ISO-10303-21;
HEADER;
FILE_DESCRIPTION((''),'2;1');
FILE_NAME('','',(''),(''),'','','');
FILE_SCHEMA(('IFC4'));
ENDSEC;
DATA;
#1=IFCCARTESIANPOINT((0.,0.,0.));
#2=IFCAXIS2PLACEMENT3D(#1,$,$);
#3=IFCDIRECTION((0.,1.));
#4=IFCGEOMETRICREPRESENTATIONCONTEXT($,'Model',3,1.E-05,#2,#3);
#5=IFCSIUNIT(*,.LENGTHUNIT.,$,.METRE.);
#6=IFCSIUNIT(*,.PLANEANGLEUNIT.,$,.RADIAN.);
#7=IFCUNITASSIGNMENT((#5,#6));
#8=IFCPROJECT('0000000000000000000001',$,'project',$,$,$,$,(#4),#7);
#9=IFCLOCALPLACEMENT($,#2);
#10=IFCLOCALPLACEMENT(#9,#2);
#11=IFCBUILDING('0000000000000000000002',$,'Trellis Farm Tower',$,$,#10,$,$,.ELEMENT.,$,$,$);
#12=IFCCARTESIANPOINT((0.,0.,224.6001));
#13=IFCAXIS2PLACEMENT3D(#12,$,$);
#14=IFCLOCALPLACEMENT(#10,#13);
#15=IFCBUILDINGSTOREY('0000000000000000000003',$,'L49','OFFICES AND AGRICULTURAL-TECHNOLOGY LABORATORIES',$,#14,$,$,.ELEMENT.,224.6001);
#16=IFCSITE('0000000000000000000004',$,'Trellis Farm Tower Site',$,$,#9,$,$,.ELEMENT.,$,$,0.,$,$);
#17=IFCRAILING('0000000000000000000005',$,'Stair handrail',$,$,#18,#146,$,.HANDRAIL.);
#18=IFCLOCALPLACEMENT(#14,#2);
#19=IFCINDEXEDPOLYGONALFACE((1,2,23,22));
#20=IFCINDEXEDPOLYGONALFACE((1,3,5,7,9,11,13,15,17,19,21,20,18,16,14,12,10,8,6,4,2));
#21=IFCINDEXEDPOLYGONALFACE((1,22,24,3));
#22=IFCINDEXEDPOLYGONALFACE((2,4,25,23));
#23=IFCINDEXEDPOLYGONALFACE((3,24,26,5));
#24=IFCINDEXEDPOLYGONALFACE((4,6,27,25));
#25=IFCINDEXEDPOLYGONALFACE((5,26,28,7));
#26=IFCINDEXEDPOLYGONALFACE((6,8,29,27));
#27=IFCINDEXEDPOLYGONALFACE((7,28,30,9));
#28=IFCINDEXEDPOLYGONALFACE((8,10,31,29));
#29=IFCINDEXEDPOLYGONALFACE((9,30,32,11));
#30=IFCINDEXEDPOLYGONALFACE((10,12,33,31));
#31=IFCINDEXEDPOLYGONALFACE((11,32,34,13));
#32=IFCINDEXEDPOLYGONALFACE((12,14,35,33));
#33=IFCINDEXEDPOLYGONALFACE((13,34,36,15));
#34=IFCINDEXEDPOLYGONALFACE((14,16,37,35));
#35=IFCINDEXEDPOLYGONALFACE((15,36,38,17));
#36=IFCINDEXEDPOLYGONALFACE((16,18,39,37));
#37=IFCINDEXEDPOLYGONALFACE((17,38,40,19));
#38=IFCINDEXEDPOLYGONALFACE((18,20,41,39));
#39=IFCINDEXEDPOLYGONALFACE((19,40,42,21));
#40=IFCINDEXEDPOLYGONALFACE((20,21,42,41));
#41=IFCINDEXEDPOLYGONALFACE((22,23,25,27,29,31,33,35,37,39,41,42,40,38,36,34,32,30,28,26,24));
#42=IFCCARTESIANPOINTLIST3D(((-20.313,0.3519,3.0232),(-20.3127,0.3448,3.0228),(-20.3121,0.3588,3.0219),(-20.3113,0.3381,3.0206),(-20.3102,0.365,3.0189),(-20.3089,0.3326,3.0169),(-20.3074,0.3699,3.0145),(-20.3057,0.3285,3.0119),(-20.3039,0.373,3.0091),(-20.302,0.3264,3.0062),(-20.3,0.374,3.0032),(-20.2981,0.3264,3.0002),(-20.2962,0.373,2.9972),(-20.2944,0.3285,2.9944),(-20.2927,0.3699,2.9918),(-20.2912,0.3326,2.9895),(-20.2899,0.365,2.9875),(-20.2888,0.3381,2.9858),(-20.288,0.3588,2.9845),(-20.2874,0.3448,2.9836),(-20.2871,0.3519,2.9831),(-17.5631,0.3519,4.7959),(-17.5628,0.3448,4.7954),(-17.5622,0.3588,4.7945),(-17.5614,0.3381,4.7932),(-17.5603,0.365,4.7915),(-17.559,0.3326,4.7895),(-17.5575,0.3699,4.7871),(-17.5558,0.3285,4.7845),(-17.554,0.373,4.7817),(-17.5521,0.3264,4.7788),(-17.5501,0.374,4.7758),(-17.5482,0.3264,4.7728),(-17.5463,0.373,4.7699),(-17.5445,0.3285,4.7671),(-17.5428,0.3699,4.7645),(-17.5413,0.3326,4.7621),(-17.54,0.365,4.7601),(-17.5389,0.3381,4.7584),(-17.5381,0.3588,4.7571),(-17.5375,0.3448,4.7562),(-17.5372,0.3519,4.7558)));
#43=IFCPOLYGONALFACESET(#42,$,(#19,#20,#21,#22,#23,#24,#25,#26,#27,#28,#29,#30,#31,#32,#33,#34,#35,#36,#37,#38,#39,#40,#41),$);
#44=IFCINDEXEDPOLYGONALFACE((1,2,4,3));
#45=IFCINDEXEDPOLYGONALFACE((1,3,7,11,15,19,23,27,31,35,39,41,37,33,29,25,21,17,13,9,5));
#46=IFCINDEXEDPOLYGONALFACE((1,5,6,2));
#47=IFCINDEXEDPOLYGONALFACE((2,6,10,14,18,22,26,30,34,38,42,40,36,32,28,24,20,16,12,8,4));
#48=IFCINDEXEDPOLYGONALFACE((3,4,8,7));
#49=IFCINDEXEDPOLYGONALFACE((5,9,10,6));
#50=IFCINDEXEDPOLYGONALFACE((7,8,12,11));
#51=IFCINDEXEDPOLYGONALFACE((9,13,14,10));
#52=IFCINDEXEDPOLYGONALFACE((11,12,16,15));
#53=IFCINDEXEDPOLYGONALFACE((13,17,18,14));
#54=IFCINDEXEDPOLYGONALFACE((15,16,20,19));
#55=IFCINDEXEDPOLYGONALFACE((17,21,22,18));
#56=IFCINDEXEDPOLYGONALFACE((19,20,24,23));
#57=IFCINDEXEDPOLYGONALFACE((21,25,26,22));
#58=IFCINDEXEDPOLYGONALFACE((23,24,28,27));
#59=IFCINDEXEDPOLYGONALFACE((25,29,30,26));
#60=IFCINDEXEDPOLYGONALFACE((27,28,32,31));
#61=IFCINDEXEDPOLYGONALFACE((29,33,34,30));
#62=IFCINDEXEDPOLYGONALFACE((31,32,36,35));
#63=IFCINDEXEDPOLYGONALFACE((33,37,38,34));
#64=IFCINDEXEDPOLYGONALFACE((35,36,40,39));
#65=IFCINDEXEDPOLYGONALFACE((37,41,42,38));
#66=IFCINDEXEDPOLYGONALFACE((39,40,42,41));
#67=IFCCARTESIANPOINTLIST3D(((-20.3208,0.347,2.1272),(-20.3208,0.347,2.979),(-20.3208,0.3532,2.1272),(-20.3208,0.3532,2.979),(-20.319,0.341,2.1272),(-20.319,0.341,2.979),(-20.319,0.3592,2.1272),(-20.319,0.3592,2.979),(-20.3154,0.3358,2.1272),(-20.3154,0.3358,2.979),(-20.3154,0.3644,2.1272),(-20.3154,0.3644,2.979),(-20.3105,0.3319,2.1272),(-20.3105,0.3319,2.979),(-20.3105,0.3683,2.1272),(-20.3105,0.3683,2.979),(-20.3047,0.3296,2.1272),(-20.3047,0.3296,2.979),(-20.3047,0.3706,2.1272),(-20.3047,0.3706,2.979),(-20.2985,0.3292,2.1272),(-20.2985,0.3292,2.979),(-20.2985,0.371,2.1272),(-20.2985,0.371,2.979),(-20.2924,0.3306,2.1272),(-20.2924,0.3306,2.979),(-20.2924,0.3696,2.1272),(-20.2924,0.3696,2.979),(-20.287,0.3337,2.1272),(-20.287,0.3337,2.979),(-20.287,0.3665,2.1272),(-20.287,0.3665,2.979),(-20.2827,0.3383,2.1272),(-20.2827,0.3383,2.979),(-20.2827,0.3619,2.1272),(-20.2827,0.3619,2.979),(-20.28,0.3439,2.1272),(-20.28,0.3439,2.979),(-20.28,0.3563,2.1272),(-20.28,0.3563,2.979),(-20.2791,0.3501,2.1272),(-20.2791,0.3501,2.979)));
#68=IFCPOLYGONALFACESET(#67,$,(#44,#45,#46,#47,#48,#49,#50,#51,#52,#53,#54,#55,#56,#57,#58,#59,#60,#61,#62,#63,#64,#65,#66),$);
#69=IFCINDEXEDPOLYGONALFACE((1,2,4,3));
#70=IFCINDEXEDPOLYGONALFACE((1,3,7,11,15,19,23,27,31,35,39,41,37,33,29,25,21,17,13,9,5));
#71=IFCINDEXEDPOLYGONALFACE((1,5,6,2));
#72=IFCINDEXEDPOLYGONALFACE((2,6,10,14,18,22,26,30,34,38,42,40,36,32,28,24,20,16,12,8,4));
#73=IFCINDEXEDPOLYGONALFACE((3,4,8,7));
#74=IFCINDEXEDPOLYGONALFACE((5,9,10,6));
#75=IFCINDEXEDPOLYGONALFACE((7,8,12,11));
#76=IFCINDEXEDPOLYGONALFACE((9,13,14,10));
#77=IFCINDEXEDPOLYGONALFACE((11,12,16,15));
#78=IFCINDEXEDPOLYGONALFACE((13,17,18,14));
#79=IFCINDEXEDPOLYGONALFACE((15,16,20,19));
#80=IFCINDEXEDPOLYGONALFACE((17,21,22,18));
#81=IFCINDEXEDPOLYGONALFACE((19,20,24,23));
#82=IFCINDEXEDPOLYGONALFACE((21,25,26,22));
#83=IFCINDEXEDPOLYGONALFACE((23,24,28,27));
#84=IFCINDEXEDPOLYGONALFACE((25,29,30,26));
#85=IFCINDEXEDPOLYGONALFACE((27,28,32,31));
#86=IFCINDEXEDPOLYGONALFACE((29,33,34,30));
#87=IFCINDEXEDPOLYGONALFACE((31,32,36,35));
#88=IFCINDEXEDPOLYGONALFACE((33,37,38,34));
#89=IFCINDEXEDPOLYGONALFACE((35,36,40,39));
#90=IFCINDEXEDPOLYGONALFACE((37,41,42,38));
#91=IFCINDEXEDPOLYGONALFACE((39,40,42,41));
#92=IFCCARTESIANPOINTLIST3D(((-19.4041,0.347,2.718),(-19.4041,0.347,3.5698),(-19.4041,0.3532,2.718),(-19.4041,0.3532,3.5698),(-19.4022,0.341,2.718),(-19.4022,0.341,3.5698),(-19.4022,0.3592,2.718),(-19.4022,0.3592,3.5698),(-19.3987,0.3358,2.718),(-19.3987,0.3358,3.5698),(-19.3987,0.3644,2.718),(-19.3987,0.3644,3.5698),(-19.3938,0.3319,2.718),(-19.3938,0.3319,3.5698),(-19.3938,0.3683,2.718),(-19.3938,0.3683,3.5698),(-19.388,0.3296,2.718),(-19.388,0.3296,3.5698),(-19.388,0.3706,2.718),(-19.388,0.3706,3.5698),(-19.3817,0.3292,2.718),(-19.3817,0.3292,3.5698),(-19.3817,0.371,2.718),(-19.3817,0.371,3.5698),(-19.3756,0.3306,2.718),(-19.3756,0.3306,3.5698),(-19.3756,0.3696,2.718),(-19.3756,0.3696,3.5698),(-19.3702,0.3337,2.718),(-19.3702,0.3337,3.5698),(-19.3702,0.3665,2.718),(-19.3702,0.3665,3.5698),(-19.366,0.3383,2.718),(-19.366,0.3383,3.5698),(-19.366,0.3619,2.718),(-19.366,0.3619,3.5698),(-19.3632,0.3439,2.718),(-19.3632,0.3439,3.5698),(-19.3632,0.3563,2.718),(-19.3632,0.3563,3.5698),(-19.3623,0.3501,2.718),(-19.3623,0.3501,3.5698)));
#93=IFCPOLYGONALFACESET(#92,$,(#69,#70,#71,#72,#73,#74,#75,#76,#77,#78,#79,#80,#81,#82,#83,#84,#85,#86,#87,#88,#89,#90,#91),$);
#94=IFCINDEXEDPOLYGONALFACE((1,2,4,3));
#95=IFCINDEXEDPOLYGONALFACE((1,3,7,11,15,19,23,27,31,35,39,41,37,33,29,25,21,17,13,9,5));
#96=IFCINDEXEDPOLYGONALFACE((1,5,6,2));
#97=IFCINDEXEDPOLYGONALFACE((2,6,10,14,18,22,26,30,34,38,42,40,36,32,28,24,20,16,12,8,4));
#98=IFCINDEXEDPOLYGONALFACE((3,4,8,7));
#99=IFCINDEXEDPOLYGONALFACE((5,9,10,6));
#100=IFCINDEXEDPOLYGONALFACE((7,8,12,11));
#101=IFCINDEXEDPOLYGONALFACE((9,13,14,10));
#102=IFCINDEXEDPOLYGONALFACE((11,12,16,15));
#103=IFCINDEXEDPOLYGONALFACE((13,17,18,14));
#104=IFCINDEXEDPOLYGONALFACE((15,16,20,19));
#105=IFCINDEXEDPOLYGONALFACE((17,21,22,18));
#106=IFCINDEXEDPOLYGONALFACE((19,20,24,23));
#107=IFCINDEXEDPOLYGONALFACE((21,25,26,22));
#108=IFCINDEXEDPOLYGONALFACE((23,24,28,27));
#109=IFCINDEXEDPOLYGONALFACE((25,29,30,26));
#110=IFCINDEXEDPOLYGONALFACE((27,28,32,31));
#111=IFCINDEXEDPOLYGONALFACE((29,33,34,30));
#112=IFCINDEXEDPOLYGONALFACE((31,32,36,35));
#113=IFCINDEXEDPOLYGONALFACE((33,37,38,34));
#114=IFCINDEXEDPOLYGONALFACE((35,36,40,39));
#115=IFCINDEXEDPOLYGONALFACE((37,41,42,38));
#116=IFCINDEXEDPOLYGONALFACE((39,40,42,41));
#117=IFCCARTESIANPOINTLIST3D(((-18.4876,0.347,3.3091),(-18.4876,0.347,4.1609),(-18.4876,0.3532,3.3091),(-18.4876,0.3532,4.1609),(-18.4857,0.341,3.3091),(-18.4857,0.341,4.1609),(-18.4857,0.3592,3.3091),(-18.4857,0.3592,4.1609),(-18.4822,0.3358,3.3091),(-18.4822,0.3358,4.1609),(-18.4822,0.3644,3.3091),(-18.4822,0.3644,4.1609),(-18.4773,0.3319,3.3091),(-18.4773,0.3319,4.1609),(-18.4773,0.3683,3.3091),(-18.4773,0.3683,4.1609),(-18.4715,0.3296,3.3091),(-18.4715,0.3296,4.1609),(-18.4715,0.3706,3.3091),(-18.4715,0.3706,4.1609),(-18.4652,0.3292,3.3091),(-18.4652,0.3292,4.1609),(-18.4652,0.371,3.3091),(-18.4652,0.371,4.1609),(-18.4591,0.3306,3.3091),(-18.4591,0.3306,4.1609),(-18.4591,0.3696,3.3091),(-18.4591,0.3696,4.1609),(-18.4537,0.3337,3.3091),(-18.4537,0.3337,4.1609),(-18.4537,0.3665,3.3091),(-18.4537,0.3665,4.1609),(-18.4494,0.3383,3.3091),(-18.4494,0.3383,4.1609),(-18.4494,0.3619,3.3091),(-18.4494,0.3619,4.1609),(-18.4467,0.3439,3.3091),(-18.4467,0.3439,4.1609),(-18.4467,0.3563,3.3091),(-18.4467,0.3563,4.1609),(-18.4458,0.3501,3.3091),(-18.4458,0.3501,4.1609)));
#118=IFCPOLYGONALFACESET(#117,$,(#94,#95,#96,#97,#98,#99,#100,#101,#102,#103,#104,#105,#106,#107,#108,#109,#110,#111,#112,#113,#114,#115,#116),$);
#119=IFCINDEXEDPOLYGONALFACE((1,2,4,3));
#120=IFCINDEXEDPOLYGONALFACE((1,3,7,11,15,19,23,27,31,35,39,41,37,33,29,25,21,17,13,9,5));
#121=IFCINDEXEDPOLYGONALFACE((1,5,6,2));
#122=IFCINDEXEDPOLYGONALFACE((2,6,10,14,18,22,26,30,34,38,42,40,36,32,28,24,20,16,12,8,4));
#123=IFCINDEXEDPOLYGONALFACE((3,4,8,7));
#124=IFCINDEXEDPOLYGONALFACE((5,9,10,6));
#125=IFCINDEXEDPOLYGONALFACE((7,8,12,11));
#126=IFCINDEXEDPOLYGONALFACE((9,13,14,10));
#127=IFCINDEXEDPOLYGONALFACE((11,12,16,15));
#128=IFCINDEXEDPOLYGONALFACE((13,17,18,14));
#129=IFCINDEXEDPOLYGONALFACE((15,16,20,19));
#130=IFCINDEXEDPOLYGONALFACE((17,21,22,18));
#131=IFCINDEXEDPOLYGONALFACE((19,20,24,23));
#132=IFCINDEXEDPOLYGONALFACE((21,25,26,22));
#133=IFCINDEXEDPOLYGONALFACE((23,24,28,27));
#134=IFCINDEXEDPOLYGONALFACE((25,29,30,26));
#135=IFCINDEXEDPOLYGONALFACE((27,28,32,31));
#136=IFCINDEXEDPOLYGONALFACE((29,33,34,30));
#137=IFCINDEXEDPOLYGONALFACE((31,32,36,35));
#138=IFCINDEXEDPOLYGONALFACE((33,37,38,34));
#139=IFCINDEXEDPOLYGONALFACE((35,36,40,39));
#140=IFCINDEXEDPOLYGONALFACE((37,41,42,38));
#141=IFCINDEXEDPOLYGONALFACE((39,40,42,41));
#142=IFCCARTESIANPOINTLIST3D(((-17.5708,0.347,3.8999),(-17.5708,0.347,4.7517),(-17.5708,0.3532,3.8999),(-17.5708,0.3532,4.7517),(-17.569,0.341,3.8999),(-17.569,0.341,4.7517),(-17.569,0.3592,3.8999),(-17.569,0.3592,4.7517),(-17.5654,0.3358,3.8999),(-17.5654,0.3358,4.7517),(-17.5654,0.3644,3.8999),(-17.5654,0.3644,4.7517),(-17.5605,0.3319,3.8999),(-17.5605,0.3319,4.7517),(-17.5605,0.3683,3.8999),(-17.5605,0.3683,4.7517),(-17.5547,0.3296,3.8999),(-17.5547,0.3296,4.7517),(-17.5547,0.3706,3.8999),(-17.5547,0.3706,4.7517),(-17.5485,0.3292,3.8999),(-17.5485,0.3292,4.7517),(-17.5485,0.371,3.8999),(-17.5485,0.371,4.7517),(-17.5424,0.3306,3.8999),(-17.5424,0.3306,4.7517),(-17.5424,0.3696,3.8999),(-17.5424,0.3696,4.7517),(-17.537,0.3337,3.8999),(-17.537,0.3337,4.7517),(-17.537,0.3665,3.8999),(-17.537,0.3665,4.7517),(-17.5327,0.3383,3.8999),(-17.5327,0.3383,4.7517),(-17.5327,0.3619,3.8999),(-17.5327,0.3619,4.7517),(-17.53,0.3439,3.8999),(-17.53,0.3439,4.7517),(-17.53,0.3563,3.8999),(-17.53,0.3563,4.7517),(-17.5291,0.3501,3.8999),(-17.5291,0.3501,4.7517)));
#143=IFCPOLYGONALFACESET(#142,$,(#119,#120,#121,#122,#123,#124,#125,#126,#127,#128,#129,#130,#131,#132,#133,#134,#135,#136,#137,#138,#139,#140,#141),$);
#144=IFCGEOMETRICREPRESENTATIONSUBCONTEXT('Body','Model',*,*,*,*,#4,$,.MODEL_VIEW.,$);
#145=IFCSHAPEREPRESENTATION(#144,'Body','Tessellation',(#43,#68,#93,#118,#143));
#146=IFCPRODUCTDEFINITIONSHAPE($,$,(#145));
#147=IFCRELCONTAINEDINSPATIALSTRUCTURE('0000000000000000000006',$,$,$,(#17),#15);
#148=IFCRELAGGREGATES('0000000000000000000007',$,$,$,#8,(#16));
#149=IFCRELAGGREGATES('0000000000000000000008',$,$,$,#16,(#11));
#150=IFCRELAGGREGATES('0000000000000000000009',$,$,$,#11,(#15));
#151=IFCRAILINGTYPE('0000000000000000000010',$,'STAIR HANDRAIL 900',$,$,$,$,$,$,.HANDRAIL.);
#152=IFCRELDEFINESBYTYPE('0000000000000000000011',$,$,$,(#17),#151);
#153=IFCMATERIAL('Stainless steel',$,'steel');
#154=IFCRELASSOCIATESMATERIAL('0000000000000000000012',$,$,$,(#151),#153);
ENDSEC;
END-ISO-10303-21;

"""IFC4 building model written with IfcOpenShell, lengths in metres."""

from ifc_helpers import new_model, si_unit, direction, frame, origin, origin_2d, place, context, subcontext, project, spatial, circle, extrude, source, transform, mapped, material, type_object, element, save


model = new_model("IFC4")

# Units and contexts
model_context = context("Model", 3, precision=1e-05, world=origin(), true_north=direction((0.0, 1.0)))
body_context = subcontext(model_context, "Body", "Model", "MODEL_VIEW")
ifc_project = project(units=[si_unit("LENGTHUNIT", "METRE"), si_unit("PLANEANGLEUNIT", "RADIAN")], contexts=[model_context])

# Site, building, storey
site_placement = place(None, origin())
site = spatial("IfcSite", under=ifc_project, at=site_placement, Name="Trellis Farm Tower Site", CompositionType="ELEMENT", RefElevation=0.0)
building_placement = place(site_placement, origin())
building = spatial("IfcBuilding", under=site, at=building_placement, Name="Trellis Farm Tower", CompositionType="ELEMENT")
storey_placement = place(building_placement, frame((0.0, 0.0, 224.6001)))
storey = spatial("IfcBuildingStorey", under=building, at=storey_placement, Name="L49", Description="OFFICES AND AGRICULTURAL-TECHNOLOGY LABORATORIES", CompositionType="ELEMENT", Elevation=224.6001)

# Railing
ifc_material_1 = material(Name="Stainless steel", Category="steel")
railing_type = type_object("IfcRailingType", Name="STAIR HANDRAIL 900", PredefinedType="HANDRAIL", material=ifc_material_1)
shared_shape_1 = source(origin(), body_context, "Body", "SweptSolid", [
    extrude(circle(Radius=0.0239, at=origin_2d()), frame((0.0, 0.0, 0.876), z_axis=(0.840504, 0.0, 0.541806), x_axis=(0.0, 1.0, 0.0)), (0.0, 0.0, 1.0), 3.2717),
    extrude(circle(Radius=0.021, at=origin_2d()), origin(), (0.0, 0.0, 1.0), 0.8518),
    extrude(circle(Radius=0.021, at=origin_2d()), frame((0.9167, 0.0, 0.5908)), (0.0, 0.0, 1.0), 0.8518),
    extrude(circle(Radius=0.021, at=origin_2d()), frame((1.8333, 0.0, 1.1819)), (0.0, 0.0, 1.0), 0.8518),
    extrude(circle(Radius=0.021, at=origin_2d()), frame((2.75, 0.0, 1.7727)), (0.0, 0.0, 1.0), 0.8518),
])
for number, where, name in (
    (1, (-20.3, 0.3501, 2.1272), "Stair handrail"),
):
    element("IfcRailing", number, at=place(storey_placement, frame(where)), inside=storey, type_object=railing_type, Name=name, PredefinedType="HANDRAIL", context=body_context, shape_type="MappedRepresentation", body=[
        mapped(shared_shape_1, transform((0.0, 0.0, 0.0))),
    ])

save(model, "model.ifc")
